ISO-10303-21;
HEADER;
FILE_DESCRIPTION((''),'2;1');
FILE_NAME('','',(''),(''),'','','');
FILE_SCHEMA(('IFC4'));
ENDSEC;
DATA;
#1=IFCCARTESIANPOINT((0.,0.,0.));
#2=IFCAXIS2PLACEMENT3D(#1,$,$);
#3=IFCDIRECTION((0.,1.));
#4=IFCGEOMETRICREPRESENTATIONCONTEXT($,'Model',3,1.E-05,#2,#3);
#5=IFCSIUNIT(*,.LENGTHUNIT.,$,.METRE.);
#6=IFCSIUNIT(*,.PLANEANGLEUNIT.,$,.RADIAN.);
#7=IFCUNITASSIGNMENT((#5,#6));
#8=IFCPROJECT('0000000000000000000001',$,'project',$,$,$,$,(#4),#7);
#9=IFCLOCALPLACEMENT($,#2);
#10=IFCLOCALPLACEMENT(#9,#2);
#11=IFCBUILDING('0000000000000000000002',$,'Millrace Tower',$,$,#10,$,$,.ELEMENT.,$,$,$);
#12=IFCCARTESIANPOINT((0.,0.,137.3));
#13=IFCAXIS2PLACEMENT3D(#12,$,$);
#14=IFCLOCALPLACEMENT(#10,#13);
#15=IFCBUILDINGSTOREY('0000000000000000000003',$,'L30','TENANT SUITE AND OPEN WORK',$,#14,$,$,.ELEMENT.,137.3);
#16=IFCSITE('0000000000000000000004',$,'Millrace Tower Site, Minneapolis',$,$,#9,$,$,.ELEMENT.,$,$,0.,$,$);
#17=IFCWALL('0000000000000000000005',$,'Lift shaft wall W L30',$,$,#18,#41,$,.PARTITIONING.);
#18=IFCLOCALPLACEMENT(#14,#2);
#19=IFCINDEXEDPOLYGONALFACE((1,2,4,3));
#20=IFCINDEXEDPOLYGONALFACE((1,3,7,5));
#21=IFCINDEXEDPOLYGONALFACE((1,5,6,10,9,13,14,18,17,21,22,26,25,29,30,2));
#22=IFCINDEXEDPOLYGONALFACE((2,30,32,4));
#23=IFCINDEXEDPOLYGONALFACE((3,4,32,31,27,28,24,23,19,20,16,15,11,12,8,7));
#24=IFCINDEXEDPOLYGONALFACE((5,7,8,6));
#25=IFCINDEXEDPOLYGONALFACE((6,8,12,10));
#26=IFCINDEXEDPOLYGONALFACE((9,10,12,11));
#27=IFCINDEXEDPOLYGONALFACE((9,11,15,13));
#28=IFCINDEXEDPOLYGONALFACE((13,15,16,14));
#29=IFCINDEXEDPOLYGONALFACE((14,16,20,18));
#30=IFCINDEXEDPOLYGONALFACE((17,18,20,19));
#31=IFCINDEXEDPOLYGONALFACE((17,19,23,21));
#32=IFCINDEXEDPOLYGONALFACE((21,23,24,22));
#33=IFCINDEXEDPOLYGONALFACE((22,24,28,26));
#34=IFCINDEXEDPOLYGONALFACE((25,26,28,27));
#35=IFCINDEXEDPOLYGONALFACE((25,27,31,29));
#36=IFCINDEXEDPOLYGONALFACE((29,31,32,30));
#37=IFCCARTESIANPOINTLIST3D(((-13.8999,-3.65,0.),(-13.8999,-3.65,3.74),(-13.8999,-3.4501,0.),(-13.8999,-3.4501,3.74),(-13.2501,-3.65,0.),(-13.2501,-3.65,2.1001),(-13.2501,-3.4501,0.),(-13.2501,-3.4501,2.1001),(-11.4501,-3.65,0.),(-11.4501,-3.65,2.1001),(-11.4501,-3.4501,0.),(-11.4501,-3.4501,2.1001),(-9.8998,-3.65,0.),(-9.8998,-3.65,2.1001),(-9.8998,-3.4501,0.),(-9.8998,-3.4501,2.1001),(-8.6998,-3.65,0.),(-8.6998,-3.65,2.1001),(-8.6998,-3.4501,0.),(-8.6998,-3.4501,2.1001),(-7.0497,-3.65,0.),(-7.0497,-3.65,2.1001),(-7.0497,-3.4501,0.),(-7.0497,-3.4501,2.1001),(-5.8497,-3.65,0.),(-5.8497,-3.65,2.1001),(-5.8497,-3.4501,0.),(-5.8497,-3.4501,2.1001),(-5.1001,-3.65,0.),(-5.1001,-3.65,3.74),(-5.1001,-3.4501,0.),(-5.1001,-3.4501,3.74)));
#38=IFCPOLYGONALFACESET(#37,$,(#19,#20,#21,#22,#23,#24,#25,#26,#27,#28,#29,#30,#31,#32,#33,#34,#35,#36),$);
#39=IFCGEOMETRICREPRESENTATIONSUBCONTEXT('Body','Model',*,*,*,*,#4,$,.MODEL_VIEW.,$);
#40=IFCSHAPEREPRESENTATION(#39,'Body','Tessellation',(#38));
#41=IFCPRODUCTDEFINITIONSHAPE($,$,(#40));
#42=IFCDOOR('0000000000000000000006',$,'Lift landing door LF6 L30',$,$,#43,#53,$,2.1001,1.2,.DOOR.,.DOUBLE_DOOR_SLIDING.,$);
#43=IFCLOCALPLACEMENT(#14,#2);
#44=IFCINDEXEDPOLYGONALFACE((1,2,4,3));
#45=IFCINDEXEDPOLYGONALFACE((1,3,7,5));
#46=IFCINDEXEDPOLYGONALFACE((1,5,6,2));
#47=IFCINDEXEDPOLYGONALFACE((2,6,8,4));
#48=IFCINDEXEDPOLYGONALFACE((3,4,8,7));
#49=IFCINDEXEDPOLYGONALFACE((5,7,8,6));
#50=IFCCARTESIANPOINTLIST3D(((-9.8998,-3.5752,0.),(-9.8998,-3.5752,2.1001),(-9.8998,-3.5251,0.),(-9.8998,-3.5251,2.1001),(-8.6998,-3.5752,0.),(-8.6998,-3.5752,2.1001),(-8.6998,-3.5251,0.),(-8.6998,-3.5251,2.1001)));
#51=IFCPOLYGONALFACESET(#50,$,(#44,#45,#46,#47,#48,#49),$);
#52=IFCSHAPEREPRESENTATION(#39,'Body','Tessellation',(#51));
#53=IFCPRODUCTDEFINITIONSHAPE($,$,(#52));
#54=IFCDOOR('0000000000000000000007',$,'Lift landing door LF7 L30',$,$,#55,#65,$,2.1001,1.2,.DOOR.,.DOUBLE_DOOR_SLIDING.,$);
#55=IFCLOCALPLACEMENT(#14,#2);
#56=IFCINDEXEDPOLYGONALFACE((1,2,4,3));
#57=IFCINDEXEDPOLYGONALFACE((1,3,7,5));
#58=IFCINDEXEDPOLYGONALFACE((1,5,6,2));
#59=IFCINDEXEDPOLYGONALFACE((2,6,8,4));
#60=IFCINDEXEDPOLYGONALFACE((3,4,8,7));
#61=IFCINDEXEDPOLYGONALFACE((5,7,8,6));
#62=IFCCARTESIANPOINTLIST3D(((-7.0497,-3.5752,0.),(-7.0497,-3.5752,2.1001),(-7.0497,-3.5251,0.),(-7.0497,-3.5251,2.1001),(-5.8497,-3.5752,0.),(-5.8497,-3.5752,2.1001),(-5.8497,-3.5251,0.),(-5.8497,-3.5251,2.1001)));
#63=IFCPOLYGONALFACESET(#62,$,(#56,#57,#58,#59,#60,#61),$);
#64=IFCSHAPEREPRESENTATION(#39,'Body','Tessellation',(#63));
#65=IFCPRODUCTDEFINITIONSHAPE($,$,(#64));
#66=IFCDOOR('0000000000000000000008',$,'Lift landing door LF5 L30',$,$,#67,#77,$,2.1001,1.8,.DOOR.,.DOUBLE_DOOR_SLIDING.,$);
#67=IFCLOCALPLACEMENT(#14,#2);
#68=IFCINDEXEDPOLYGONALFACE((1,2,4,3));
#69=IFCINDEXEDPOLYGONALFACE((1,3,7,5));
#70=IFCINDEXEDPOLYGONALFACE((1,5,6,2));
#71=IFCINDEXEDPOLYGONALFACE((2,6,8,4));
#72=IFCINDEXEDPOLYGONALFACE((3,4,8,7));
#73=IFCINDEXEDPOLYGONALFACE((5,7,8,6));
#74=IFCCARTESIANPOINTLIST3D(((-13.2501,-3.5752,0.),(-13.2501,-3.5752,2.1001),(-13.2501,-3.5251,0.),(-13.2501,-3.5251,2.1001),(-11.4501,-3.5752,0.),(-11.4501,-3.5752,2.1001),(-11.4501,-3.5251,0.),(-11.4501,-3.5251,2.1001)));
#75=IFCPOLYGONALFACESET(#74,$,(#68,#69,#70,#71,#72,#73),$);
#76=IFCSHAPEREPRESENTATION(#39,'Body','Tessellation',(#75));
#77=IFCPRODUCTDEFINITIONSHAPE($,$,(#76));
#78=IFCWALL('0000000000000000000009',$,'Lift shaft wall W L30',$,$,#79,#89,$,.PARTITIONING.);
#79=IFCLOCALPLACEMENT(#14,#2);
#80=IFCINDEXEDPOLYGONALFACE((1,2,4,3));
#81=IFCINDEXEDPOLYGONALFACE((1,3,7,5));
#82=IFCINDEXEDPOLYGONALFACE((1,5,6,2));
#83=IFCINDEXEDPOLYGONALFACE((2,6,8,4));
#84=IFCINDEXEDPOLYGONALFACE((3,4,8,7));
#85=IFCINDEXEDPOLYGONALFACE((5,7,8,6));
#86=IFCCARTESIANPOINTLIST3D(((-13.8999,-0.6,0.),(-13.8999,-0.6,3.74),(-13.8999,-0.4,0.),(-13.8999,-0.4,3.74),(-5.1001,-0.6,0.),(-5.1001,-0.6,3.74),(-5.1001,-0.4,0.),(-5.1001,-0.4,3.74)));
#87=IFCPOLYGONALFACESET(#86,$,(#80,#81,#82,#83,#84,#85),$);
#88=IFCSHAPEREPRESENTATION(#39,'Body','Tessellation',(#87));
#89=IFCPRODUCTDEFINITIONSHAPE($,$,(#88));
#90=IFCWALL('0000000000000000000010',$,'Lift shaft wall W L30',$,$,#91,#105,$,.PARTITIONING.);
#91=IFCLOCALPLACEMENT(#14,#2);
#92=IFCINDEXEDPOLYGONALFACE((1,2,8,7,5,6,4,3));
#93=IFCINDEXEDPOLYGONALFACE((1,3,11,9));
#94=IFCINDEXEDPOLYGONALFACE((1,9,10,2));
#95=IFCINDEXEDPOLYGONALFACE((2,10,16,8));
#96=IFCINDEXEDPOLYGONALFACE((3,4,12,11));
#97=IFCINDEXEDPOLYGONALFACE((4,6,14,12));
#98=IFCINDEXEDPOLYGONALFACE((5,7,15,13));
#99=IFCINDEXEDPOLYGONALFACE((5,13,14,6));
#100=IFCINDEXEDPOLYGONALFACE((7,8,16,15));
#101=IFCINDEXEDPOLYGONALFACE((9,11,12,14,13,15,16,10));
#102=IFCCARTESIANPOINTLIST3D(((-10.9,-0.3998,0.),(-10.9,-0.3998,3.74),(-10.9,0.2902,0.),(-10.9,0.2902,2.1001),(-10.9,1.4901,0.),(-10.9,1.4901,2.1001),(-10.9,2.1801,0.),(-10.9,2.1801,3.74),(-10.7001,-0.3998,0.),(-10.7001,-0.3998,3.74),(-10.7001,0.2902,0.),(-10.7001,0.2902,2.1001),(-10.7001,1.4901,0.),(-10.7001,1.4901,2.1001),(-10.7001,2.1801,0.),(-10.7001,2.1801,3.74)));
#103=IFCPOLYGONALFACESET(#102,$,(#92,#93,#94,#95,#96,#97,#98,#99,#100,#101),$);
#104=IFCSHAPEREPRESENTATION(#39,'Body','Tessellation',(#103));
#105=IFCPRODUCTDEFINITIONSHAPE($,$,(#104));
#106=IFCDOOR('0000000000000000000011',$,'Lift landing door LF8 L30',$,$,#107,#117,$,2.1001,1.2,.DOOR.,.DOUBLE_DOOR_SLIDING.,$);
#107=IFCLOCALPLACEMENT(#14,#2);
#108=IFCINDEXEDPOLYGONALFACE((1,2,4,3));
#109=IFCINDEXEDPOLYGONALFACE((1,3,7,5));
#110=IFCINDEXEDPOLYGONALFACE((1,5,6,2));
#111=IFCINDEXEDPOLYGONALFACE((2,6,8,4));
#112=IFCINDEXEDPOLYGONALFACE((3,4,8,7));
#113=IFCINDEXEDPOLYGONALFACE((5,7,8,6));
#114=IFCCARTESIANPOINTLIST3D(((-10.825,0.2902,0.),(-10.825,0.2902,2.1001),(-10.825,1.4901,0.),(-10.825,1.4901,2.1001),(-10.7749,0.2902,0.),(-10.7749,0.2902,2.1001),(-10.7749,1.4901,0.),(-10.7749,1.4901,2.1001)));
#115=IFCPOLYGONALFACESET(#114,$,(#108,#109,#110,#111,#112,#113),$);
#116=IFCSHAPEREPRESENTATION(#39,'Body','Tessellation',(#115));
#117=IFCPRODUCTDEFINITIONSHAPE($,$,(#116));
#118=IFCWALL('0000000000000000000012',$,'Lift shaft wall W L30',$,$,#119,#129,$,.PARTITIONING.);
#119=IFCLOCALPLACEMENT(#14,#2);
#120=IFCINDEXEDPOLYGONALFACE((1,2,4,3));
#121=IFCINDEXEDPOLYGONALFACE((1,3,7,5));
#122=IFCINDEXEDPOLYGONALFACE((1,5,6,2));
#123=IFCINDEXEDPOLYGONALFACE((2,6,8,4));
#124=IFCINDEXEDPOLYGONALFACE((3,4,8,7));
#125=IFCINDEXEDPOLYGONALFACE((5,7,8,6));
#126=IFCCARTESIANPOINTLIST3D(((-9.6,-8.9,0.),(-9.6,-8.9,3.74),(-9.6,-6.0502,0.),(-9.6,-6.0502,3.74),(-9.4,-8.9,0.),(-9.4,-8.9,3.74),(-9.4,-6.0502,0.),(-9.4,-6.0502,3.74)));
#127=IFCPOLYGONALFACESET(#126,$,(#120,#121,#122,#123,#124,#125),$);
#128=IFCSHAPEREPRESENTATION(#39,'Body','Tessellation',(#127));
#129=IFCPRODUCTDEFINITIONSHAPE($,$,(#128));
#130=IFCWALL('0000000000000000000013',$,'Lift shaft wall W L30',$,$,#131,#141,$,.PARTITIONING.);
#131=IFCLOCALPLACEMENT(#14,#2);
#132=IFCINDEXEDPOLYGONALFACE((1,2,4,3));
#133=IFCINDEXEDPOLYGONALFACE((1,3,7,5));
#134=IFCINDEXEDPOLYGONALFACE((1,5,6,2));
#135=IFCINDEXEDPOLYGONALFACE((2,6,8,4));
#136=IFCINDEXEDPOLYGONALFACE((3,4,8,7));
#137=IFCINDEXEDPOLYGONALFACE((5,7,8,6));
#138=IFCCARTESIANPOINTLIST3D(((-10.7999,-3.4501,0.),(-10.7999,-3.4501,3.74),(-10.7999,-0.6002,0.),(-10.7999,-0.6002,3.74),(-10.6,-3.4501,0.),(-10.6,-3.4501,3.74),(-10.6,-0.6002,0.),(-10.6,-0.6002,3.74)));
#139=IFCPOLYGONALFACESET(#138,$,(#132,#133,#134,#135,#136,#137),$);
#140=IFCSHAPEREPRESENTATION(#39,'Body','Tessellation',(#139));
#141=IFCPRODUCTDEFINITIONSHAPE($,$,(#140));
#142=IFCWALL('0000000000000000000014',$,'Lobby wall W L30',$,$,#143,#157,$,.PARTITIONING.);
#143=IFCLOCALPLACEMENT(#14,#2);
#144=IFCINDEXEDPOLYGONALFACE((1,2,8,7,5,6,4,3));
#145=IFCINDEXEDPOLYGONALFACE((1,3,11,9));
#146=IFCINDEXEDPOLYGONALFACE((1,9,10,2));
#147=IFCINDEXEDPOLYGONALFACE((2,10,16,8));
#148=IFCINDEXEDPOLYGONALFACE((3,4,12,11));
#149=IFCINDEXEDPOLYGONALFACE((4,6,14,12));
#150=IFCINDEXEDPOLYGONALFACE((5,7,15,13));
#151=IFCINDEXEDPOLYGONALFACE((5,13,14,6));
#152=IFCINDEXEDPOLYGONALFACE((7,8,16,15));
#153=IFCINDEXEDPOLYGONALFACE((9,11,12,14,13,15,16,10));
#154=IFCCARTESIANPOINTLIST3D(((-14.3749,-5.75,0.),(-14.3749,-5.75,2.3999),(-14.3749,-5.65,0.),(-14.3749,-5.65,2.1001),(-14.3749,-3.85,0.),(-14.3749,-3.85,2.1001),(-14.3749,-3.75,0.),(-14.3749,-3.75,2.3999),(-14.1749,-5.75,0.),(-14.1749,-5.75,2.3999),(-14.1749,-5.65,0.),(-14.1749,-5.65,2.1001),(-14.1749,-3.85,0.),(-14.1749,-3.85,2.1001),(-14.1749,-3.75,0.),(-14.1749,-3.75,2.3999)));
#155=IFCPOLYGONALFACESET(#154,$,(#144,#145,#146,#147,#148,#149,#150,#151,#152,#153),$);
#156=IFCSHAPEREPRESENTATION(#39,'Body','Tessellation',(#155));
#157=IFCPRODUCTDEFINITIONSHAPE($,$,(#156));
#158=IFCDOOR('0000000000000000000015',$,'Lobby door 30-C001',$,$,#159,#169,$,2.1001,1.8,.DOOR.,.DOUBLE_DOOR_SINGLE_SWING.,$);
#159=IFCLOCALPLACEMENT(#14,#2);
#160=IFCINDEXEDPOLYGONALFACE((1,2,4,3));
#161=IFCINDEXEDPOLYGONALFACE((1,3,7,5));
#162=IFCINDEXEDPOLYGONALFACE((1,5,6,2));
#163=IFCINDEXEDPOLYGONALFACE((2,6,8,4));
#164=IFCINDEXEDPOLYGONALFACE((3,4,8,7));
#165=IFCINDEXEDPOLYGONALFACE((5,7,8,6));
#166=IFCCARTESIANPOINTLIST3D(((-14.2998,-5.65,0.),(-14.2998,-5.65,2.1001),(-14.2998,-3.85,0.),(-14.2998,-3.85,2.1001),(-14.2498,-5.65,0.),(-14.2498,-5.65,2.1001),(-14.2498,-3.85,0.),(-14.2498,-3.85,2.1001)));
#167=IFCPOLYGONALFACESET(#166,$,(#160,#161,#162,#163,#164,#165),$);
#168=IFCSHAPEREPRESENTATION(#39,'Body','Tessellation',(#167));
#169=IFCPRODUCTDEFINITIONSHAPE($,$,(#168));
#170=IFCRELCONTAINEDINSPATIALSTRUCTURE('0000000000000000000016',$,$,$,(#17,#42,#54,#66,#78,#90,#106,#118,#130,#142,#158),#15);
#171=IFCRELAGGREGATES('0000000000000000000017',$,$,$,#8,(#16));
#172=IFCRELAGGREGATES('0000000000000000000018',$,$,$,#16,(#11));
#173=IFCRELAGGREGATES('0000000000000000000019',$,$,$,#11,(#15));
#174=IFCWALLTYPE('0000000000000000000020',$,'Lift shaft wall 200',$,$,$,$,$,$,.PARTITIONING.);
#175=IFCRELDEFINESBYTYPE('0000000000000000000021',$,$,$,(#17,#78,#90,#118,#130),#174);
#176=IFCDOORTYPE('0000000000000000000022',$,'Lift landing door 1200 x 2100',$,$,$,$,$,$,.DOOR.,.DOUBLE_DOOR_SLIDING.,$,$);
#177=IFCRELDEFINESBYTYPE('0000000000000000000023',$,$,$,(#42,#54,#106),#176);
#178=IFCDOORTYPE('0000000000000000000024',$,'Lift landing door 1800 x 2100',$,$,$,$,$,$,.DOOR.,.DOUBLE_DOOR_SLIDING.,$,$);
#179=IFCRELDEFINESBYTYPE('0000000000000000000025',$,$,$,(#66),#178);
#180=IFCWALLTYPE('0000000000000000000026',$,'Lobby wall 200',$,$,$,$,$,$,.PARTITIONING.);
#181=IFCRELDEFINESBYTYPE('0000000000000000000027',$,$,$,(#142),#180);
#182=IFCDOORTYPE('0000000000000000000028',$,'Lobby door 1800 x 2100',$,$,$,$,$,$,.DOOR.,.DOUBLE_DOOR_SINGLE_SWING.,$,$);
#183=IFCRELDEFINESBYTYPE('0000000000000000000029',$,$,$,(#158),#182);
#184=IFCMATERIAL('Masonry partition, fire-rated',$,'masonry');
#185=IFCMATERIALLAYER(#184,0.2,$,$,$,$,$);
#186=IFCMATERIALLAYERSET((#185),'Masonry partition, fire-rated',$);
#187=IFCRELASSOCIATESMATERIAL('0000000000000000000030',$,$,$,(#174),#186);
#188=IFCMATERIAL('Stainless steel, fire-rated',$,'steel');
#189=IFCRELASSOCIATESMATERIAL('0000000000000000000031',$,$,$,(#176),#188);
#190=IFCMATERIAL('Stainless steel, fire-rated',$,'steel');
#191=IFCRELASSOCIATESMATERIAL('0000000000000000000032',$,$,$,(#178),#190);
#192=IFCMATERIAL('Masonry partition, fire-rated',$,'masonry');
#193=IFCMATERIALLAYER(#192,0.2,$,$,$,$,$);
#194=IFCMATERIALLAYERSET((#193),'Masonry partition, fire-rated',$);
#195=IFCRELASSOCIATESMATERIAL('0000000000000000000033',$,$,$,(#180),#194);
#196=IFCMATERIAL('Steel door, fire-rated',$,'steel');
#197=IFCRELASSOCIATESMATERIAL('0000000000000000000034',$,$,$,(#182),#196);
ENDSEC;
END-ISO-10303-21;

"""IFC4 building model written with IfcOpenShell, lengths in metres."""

from ifc_helpers import new_model, si_unit, direction, frame, frame_2d, origin, place, context, subcontext, project, spatial, rectangle, extrude, material, layer, layer_set, type_object, element, fill, save


model = new_model("IFC4")

# Units and contexts
model_context = context("Model", 3, precision=1e-05, world=origin(), true_north=direction((0.0, 1.0)))
body_context = subcontext(model_context, "Body", "Model", "MODEL_VIEW")
ifc_project = project(units=[si_unit("LENGTHUNIT", "METRE"), si_unit("PLANEANGLEUNIT", "RADIAN")], contexts=[model_context])

# Site, building, storey
site_placement = place(None, origin())
site = spatial("IfcSite", under=ifc_project, at=site_placement, Name="Millrace Tower Site, Minneapolis", CompositionType="ELEMENT", RefElevation=0.0)
building_placement = place(site_placement, origin())
building = spatial("IfcBuilding", under=site, at=building_placement, Name="Millrace Tower", CompositionType="ELEMENT")
storey_placement = place(building_placement, frame((0.0, 0.0, 137.3)))
storey = spatial("IfcBuildingStorey", under=building, at=storey_placement, Name="L30", Description="TENANT SUITE AND OPEN WORK", CompositionType="ELEMENT", Elevation=137.3)

# Wall, openings, doors
ifc_material_1 = material(Name="Masonry partition, fire-rated", Category="masonry")
ifc_layer_1 = layer(ifc_material_1, 0.2)
ifc_layer_set_1 = layer_set([ifc_layer_1], Name="Masonry partition, fire-rated")
wall_type_1 = type_object("IfcWallType", Name="Lift shaft wall 200", PredefinedType="PARTITIONING", material=ifc_layer_set_1)
wall_1_placement = place(storey_placement, frame((-13.8999, -3.55, 0.0), z_axis=(0.0, 0.0, 1.0), x_axis=(1.0, 0.0, 0.0)))
wall_1 = element("IfcWall", 1, at=wall_1_placement, inside=storey, type_object=wall_type_1, Name="Lift shaft wall W L30", PredefinedType="PARTITIONING", context=body_context, shape_type="SweptSolid", body=[
    extrude(rectangle(XDim=8.7998, YDim=0.2, at=frame_2d((4.3999, 0.0))), origin(), (0.0, 0.0, 1.0), 3.74),
])
opening_1_placement = place(wall_1_placement, frame((0.6499, 0.0, 0.0)))
opening_1 = element("IfcOpeningElement", 2, at=opening_1_placement, cuts=wall_1, PredefinedType="OPENING", context=body_context, shape_type="SweptSolid", body=[
    extrude(rectangle(XDim=1.8, YDim=2.1001, at=frame_2d((0.8999, 1.05))), frame((0.0, 0.1099, 0.0), z_axis=(0.0, -1.0, 0.0), x_axis=(1.0, 0.0, 0.0)), (0.0, 0.0, 1.0), 0.22),
])
opening_2_placement = place(wall_1_placement, frame((4.0, 0.0, 0.0)))
opening_2 = element("IfcOpeningElement", 3, at=opening_2_placement, cuts=wall_1, PredefinedType="OPENING", context=body_context, shape_type="SweptSolid", body=[
    extrude(rectangle(XDim=1.2, YDim=2.1001, at=frame_2d((0.6001, 1.05))), frame((0.0, 0.1099, 0.0), z_axis=(0.0, -1.0, 0.0), x_axis=(1.0, 0.0, 0.0)), (0.0, 0.0, 1.0), 0.22),
])
opening_3_placement = place(wall_1_placement, frame((6.8501, 0.0, 0.0)))
opening_3 = element("IfcOpeningElement", 4, at=opening_3_placement, cuts=wall_1, PredefinedType="OPENING", context=body_context, shape_type="SweptSolid", body=[
    extrude(rectangle(XDim=1.2, YDim=2.1001, at=frame_2d((0.6001, 1.05))), frame((0.0, 0.1099, 0.0), z_axis=(0.0, -1.0, 0.0), x_axis=(1.0, 0.0, 0.0)), (0.0, 0.0, 1.0), 0.22),
])
ifc_material_2 = material(Name="Stainless steel, fire-rated", Category="steel")
door_type_1 = type_object("IfcDoorType", Name="Lift landing door 1200 x 2100", OperationType="DOUBLE_DOOR_SLIDING", PredefinedType="DOOR", material=ifc_material_2)
door_1_placement = place(opening_2_placement, origin())
door_1 = element("IfcDoor", 5, at=door_1_placement, inside=storey, type_object=door_type_1, Name="Lift landing door LF6 L30", OperationType="DOUBLE_DOOR_SLIDING", OverallHeight=2.1001, OverallWidth=1.2, PredefinedType="DOOR", context=body_context, shape_type="SweptSolid", body=[
    extrude(rectangle(XDim=1.2, YDim=2.1001, at=frame_2d((0.6001, 1.05))), frame((0.0, 0.0249, 0.0), z_axis=(0.0, -1.0, 0.0), x_axis=(1.0, 0.0, 0.0)), (0.0, 0.0, 1.0), 0.05),
])
fill(opening_2, door_1)
door_2_placement = place(opening_3_placement, origin())
door_2 = element("IfcDoor", 6, at=door_2_placement, inside=storey, type_object=door_type_1, Name="Lift landing door LF7 L30", OperationType="DOUBLE_DOOR_SLIDING", OverallHeight=2.1001, OverallWidth=1.2, PredefinedType="DOOR", context=body_context, shape_type="SweptSolid", body=[
    extrude(rectangle(XDim=1.2, YDim=2.1001, at=frame_2d((0.6001, 1.05))), frame((0.0, 0.0249, 0.0), z_axis=(0.0, -1.0, 0.0), x_axis=(1.0, 0.0, 0.0)), (0.0, 0.0, 1.0), 0.05),
])
fill(opening_3, door_2)
ifc_material_3 = material(Name="Stainless steel, fire-rated", Category="steel")
door_type_2 = type_object("IfcDoorType", Name="Lift landing door 1800 x 2100", OperationType="DOUBLE_DOOR_SLIDING", PredefinedType="DOOR", material=ifc_material_3)
door_3_placement = place(opening_1_placement, origin())
door_3 = element("IfcDoor", 7, at=door_3_placement, inside=storey, type_object=door_type_2, Name="Lift landing door LF5 L30", OperationType="DOUBLE_DOOR_SLIDING", OverallHeight=2.1001, OverallWidth=1.8, PredefinedType="DOOR", context=body_context, shape_type="SweptSolid", body=[
    extrude(rectangle(XDim=1.8, YDim=2.1001, at=frame_2d((0.8999, 1.05))), frame((0.0, 0.0249, 0.0), z_axis=(0.0, -1.0, 0.0), x_axis=(1.0, 0.0, 0.0)), (0.0, 0.0, 1.0), 0.05),
])
fill(opening_1, door_3)

# Wall
wall_2_placement = place(storey_placement, frame((-13.8999, -0.5, 0.0), z_axis=(0.0, 0.0, 1.0), x_axis=(1.0, 0.0, 0.0)))
element("IfcWall", 8, at=wall_2_placement, inside=storey, type_object=wall_type_1, Name="Lift shaft wall W L30", PredefinedType="PARTITIONING", context=body_context, shape_type="SweptSolid", body=[
    extrude(rectangle(XDim=8.7998, YDim=0.2, at=frame_2d((4.3999, 0.0))), origin(), (0.0, 0.0, 1.0), 3.74),
])

# Wall, opening, door
wall_3_placement = place(storey_placement, frame((-10.8, -0.3999, 0.0), z_axis=(0.0, 0.0, 1.0), x_axis=(0.0, 1.0, 0.0)))
wall_3 = element("IfcWall", 9, at=wall_3_placement, inside=storey, type_object=wall_type_1, Name="Lift shaft wall W L30", PredefinedType="PARTITIONING", context=body_context, shape_type="SweptSolid", body=[
    extrude(rectangle(XDim=2.5798, YDim=0.2, at=frame_2d((1.29, 0.0))), origin(), (0.0, 0.0, 1.0), 3.74),
])
opening_4_placement = place(wall_3_placement, frame((0.6899, 0.0, 0.0)))
opening_4 = element("IfcOpeningElement", 10, at=opening_4_placement, cuts=wall_3, PredefinedType="OPENING", context=body_context, shape_type="SweptSolid", body=[
    extrude(rectangle(XDim=1.2, YDim=2.1001, at=frame_2d((0.6001, 1.05))), frame((0.0, 0.1099, 0.0), z_axis=(0.0, -1.0, 0.0), x_axis=(1.0, 0.0, 0.0)), (0.0, 0.0, 1.0), 0.22),
])
door_4_placement = place(opening_4_placement, origin())
door_4 = element("IfcDoor", 11, at=door_4_placement, inside=storey, type_object=door_type_1, Name="Lift landing door LF8 L30", OperationType="DOUBLE_DOOR_SLIDING", OverallHeight=2.1001, OverallWidth=1.2, PredefinedType="DOOR", context=body_context, shape_type="SweptSolid", body=[
    extrude(rectangle(XDim=1.2, YDim=2.1001, at=frame_2d((0.6001, 1.05))), frame((0.0, 0.0249, 0.0), z_axis=(0.0, -1.0, 0.0), x_axis=(1.0, 0.0, 0.0)), (0.0, 0.0, 1.0), 0.05),
])
fill(opening_4, door_4)

# Walls
for number, where, z_axis, x_axis, name in (
    (12, (-9.5, -8.8999, 0.0), (0.0, 0.0, 1.0), (0.0, 1.0, 0.0), "Lift shaft wall W L30"),
    (13, (-10.7, -3.45, 0.0), (0.0, 0.0, 1.0), (0.0, 1.0, 0.0), "Lift shaft wall W L30"),
):
    element("IfcWall", number, at=place(storey_placement, frame(where, z_axis=z_axis, x_axis=x_axis)), inside=storey, type_object=wall_type_1, Name=name, PredefinedType="PARTITIONING", context=body_context, shape_type="SweptSolid", body=[
        extrude(rectangle(XDim=2.8499, YDim=0.2, at=frame_2d((1.4248, 0.0))), origin(), (0.0, 0.0, 1.0), 3.74),
    ])

# Wall, opening, door
ifc_material_4 = material(Name="Masonry partition, fire-rated", Category="masonry")
ifc_layer_2 = layer(ifc_material_4, 0.2)
ifc_layer_set_2 = layer_set([ifc_layer_2], Name="Masonry partition, fire-rated")
wall_type_2 = type_object("IfcWallType", Name="Lobby wall 200", PredefinedType="PARTITIONING", material=ifc_layer_set_2)
wall_4_placement = place(storey_placement, frame((-14.2749, -5.75, 0.0), z_axis=(0.0, 0.0, 1.0), x_axis=(0.0, 1.0, 0.0)))
wall_4 = element("IfcWall", 14, at=wall_4_placement, inside=storey, type_object=wall_type_2, Name="Lobby wall W L30", PredefinedType="PARTITIONING", context=body_context, shape_type="SweptSolid", body=[
    extrude(rectangle(XDim=2.0, YDim=0.2, at=frame_2d((1.0, 0.0))), origin(), (0.0, 0.0, 1.0), 2.3999),
])
opening_5_placement = place(wall_4_placement, frame((0.1001, 0.0, 0.0)))
opening_5 = element("IfcOpeningElement", 15, at=opening_5_placement, cuts=wall_4, PredefinedType="OPENING", context=body_context, shape_type="SweptSolid", body=[
    extrude(rectangle(XDim=1.8, YDim=2.1001, at=frame_2d((0.8999, 1.05))), frame((0.0, 0.1099, 0.0), z_axis=(0.0, -1.0, 0.0), x_axis=(1.0, 0.0, 0.0)), (0.0, 0.0, 1.0), 0.22),
])
ifc_material_5 = material(Name="Steel door, fire-rated", Category="steel")
door_type_3 = type_object("IfcDoorType", Name="Lobby door 1800 x 2100", OperationType="DOUBLE_DOOR_SINGLE_SWING", PredefinedType="DOOR", material=ifc_material_5)
door_5_placement = place(opening_5_placement, origin())
door_5 = element("IfcDoor", 16, at=door_5_placement, inside=storey, type_object=door_type_3, Name="Lobby door 30-C001", OperationType="DOUBLE_DOOR_SINGLE_SWING", OverallHeight=2.1001, OverallWidth=1.8, PredefinedType="DOOR", context=body_context, shape_type="SweptSolid", body=[
    extrude(rectangle(XDim=1.8, YDim=2.1001, at=frame_2d((0.8999, 1.05))), frame((0.0, 0.0249, 0.0), z_axis=(0.0, -1.0, 0.0), x_axis=(1.0, 0.0, 0.0)), (0.0, 0.0, 1.0), 0.05),
])
fill(opening_5, door_5)

save(model, "model.ifc")
